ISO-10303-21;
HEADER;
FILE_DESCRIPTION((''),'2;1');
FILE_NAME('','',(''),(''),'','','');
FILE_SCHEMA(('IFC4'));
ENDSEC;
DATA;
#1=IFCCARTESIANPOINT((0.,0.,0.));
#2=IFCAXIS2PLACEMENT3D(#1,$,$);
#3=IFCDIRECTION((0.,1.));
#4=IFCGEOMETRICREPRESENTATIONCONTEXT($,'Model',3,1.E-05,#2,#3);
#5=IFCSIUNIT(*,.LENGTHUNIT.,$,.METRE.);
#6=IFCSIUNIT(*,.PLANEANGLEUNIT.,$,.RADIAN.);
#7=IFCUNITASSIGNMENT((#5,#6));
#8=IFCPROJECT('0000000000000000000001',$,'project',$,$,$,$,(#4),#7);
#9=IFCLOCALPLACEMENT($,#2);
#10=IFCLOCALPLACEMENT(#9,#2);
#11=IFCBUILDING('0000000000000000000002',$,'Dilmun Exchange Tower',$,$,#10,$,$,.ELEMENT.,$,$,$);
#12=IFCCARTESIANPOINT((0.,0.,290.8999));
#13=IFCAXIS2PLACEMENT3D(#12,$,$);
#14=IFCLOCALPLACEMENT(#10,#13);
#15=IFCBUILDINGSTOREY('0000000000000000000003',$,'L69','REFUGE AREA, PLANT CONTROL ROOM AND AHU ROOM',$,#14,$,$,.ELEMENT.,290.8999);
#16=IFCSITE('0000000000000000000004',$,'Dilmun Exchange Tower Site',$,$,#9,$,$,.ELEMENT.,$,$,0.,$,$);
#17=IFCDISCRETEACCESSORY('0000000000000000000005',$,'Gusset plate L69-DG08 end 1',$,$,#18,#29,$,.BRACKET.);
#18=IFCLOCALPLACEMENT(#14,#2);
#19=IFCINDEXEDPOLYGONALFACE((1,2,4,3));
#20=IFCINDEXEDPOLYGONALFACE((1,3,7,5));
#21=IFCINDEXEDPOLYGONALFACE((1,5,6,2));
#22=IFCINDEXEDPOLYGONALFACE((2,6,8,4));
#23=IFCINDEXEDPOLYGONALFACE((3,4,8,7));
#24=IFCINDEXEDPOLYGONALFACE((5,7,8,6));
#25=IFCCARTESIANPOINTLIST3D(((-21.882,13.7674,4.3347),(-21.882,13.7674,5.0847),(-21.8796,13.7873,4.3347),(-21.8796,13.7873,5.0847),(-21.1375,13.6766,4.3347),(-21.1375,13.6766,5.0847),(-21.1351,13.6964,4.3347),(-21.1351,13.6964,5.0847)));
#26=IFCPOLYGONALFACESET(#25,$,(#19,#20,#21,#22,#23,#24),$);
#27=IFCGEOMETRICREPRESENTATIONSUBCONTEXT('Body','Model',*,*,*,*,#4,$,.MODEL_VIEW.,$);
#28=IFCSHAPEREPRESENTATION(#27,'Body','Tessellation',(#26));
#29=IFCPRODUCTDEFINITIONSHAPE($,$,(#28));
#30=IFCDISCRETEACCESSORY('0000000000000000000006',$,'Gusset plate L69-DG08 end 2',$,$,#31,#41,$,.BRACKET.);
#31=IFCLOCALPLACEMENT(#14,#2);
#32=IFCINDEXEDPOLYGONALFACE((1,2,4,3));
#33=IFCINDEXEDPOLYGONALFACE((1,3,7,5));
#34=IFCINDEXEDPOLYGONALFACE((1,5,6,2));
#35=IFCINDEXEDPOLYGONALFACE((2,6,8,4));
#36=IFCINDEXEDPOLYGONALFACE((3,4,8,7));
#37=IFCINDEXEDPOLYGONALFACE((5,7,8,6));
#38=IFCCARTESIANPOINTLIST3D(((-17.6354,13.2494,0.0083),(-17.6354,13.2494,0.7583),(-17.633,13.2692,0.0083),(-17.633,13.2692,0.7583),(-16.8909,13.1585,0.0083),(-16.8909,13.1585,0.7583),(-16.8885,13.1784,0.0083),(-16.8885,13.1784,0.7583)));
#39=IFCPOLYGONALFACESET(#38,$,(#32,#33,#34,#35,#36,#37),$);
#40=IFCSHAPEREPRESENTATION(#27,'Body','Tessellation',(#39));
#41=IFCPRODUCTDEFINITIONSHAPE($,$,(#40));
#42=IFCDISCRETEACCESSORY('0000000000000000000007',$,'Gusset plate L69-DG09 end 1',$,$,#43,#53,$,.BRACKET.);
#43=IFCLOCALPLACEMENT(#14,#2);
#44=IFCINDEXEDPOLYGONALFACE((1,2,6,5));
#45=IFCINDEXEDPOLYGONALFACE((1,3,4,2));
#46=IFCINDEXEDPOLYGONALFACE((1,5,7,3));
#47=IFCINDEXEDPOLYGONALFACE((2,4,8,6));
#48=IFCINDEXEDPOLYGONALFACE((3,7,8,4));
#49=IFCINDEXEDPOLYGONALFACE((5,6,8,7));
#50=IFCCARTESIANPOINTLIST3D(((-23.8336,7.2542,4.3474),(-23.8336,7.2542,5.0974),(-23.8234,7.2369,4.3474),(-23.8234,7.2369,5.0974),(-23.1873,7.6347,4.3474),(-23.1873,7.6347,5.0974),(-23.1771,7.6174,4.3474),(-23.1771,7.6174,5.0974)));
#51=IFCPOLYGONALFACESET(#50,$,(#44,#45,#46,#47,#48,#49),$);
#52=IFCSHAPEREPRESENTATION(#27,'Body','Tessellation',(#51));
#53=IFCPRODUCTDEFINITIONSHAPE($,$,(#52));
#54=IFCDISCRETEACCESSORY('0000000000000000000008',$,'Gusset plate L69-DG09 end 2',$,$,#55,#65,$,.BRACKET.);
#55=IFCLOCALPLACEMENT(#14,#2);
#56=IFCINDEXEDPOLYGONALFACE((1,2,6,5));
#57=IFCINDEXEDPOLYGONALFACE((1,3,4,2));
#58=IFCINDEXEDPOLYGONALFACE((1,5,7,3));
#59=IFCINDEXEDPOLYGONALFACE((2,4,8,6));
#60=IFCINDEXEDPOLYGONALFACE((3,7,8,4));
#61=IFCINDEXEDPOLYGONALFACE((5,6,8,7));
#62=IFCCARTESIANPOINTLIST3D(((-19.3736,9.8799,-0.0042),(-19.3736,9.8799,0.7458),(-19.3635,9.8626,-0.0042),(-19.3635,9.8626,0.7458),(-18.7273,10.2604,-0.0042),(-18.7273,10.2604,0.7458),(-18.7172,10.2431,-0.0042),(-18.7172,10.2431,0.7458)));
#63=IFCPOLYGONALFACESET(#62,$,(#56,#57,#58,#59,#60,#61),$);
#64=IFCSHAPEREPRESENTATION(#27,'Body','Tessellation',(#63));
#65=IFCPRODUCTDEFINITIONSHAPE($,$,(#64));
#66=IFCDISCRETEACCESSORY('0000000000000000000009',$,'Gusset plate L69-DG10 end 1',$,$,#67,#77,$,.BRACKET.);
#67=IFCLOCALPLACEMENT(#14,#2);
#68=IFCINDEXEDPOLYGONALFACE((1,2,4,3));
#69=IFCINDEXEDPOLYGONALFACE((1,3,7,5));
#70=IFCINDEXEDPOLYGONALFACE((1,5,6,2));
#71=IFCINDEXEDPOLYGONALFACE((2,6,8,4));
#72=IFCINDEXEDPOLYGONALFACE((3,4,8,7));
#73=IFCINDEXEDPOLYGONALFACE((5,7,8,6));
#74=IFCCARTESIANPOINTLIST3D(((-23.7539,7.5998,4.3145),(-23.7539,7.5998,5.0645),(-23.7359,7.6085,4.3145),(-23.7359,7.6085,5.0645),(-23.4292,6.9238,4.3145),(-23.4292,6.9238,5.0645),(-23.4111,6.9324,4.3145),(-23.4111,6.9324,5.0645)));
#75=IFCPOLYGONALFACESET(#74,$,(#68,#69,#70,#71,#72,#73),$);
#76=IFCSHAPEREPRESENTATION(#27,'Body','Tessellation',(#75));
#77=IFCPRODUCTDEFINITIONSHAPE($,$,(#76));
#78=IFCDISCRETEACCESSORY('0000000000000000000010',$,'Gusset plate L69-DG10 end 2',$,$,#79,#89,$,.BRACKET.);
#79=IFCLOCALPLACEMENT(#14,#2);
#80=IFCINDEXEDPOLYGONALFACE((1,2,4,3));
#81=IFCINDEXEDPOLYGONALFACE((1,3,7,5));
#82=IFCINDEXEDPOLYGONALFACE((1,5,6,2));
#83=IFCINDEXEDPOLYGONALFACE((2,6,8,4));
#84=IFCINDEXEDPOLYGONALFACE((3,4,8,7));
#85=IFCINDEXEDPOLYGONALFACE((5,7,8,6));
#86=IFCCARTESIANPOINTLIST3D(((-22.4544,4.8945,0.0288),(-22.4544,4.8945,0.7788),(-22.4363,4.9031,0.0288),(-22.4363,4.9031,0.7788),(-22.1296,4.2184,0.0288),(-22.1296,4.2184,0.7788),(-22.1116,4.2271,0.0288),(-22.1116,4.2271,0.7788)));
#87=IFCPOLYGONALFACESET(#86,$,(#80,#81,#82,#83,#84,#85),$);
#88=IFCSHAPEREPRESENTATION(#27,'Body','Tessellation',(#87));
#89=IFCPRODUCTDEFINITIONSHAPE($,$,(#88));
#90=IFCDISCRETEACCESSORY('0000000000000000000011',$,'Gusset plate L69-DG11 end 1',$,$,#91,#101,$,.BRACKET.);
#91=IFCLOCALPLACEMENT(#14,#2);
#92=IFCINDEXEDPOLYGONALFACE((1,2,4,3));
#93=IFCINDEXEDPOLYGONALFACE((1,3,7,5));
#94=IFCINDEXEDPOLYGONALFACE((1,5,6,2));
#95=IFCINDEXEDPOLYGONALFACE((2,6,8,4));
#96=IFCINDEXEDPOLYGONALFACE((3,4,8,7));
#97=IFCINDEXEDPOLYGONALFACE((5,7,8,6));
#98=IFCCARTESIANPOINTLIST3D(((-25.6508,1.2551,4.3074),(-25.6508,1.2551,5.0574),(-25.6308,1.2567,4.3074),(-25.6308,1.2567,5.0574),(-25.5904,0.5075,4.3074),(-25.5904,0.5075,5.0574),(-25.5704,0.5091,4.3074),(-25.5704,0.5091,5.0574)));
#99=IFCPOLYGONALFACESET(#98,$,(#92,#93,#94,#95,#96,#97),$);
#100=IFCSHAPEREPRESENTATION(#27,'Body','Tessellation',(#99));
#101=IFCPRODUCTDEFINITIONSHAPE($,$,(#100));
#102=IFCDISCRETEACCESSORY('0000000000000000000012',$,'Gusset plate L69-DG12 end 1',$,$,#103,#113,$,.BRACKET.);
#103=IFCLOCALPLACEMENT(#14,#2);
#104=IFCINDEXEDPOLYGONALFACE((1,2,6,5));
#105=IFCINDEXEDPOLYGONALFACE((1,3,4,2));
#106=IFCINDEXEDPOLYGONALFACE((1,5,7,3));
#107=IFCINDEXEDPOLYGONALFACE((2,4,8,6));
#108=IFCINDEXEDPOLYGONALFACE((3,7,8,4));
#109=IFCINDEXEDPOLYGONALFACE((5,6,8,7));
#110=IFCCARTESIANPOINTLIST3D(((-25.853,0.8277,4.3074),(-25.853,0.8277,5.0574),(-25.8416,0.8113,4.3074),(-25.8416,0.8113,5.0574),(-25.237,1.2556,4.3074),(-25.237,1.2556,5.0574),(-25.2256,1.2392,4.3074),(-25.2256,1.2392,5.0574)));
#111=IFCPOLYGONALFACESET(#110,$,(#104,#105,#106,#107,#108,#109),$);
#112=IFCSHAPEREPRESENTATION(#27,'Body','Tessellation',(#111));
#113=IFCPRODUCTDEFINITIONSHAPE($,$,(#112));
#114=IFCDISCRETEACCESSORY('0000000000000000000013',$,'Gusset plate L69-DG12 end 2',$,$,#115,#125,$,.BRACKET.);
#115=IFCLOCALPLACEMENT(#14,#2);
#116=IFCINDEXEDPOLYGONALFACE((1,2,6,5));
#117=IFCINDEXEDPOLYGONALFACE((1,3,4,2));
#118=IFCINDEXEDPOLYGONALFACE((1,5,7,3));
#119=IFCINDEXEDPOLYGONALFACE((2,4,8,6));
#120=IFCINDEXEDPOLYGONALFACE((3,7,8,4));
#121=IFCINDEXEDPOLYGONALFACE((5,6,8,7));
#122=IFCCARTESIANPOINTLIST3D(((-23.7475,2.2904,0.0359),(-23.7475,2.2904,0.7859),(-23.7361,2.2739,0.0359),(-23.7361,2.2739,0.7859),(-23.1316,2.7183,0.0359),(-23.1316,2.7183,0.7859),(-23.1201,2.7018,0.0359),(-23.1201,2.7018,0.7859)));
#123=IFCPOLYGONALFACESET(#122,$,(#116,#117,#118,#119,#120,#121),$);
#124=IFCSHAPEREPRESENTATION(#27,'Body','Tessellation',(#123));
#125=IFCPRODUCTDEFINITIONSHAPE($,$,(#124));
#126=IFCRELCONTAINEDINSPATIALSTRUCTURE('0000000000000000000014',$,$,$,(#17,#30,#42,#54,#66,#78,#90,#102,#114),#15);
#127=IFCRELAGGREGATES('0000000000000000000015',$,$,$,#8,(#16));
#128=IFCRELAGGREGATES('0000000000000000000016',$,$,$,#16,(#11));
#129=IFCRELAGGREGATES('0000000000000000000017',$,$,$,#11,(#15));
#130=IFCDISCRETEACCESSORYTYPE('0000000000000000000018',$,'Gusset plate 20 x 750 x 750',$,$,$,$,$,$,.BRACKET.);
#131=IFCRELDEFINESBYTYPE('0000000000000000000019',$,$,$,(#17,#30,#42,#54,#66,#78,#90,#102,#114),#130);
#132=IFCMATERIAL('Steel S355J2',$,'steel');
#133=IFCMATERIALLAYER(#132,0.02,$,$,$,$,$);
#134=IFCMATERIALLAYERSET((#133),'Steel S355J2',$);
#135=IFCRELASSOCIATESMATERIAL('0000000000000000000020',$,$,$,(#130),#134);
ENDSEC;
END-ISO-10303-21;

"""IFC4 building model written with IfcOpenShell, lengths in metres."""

from ifc_helpers import new_model, si_unit, direction, frame, origin, origin_2d, place, context, subcontext, project, spatial, rectangle, extrude, material, layer, layer_set, type_object, element, save


model = new_model("IFC4")

# Units and contexts
model_context = context("Model", 3, precision=1e-05, world=origin(), true_north=direction((0.0, 1.0)))
body_context = subcontext(model_context, "Body", "Model", "MODEL_VIEW")
ifc_project = project(units=[si_unit("LENGTHUNIT", "METRE"), si_unit("PLANEANGLEUNIT", "RADIAN")], contexts=[model_context])

# Site, building, storey
site_placement = place(None, origin())
site = spatial("IfcSite", under=ifc_project, at=site_placement, Name="Dilmun Exchange Tower Site", CompositionType="ELEMENT", RefElevation=0.0)
building_placement = place(site_placement, origin())
building = spatial("IfcBuilding", under=site, at=building_placement, Name="Dilmun Exchange Tower", CompositionType="ELEMENT")
storey_placement = place(building_placement, frame((0.0, 0.0, 290.8999)))
storey = spatial("IfcBuildingStorey", under=building, at=storey_placement, Name="L69", Description="REFUGE AREA, PLANT CONTROL ROOM AND AHU ROOM", CompositionType="ELEMENT", Elevation=290.8999)

# Discrete accessories
ifc_material_1 = material(Name="Steel S355J2", Category="steel")
ifc_layer_1 = layer(ifc_material_1, 0.02)
ifc_layer_set_1 = layer_set([ifc_layer_1], Name="Steel S355J2")
discrete_accessory_type = type_object("IfcDiscreteAccessoryType", Name="Gusset plate 20 x 750 x 750", PredefinedType="BRACKET", material=ifc_layer_set_1)
for number, where, z_axis, x_axis, name in (
    (1, (-21.5085, 13.7319, 4.3347), (0.0, 0.0, 1.0), (0.992635, -0.12114, 0.0), "Gusset plate L69-DG08 end 1"),
    (2, (-17.262, 13.2139, 0.0083), (0.0, 0.0, 1.0), (0.992635, -0.12114, 0.0), "Gusset plate L69-DG08 end 2"),
    (3, (-23.5054, 7.4358, 4.3474), (0.0, 0.0, 1.0), (0.86175, 0.507332, 0.0), "Gusset plate L69-DG09 end 1"),
    (4, (-19.0454, 10.0615, -0.0042), (0.0, 0.0, 1.0), (0.86175, 0.507332, 0.0), "Gusset plate L69-DG09 end 2"),
    (5, (-23.5825, 7.2661, 4.3145), (0.0, 0.0, 1.0), (0.433005, -0.901392, 0.0), "Gusset plate L69-DG10 end 1"),
    (6, (-22.283, 4.5608, 0.0288), (0.0, 0.0, 1.0), (0.433005, -0.901392, 0.0), "Gusset plate L69-DG10 end 2"),
    (7, (-25.6106, 0.8821, 4.3074), (0.0, 0.0, 1.0), (0.080529, -0.996752, 0.0), "Gusset plate L69-DG11 end 1"),
    (8, (-25.5393, 1.0334, 4.3074), (0.0, 0.0, 1.0), (0.8213, 0.570497, 0.0), "Gusset plate L69-DG12 end 1"),
    (9, (-23.4338, 2.4961, 0.0359), (0.0, 0.0, 1.0), (0.8213, 0.570497, 0.0), "Gusset plate L69-DG12 end 2"),
):
    element("IfcDiscreteAccessory", number, at=place(storey_placement, frame(where, z_axis=z_axis, x_axis=x_axis)), inside=storey, type_object=discrete_accessory_type, Name=name, PredefinedType="BRACKET", context=body_context, shape_type="SweptSolid", body=[
        extrude(rectangle(XDim=0.75, YDim=0.02, at=origin_2d()), origin(), (0.0, 0.0, 1.0), 0.75),
    ])

save(model, "model.ifc")
